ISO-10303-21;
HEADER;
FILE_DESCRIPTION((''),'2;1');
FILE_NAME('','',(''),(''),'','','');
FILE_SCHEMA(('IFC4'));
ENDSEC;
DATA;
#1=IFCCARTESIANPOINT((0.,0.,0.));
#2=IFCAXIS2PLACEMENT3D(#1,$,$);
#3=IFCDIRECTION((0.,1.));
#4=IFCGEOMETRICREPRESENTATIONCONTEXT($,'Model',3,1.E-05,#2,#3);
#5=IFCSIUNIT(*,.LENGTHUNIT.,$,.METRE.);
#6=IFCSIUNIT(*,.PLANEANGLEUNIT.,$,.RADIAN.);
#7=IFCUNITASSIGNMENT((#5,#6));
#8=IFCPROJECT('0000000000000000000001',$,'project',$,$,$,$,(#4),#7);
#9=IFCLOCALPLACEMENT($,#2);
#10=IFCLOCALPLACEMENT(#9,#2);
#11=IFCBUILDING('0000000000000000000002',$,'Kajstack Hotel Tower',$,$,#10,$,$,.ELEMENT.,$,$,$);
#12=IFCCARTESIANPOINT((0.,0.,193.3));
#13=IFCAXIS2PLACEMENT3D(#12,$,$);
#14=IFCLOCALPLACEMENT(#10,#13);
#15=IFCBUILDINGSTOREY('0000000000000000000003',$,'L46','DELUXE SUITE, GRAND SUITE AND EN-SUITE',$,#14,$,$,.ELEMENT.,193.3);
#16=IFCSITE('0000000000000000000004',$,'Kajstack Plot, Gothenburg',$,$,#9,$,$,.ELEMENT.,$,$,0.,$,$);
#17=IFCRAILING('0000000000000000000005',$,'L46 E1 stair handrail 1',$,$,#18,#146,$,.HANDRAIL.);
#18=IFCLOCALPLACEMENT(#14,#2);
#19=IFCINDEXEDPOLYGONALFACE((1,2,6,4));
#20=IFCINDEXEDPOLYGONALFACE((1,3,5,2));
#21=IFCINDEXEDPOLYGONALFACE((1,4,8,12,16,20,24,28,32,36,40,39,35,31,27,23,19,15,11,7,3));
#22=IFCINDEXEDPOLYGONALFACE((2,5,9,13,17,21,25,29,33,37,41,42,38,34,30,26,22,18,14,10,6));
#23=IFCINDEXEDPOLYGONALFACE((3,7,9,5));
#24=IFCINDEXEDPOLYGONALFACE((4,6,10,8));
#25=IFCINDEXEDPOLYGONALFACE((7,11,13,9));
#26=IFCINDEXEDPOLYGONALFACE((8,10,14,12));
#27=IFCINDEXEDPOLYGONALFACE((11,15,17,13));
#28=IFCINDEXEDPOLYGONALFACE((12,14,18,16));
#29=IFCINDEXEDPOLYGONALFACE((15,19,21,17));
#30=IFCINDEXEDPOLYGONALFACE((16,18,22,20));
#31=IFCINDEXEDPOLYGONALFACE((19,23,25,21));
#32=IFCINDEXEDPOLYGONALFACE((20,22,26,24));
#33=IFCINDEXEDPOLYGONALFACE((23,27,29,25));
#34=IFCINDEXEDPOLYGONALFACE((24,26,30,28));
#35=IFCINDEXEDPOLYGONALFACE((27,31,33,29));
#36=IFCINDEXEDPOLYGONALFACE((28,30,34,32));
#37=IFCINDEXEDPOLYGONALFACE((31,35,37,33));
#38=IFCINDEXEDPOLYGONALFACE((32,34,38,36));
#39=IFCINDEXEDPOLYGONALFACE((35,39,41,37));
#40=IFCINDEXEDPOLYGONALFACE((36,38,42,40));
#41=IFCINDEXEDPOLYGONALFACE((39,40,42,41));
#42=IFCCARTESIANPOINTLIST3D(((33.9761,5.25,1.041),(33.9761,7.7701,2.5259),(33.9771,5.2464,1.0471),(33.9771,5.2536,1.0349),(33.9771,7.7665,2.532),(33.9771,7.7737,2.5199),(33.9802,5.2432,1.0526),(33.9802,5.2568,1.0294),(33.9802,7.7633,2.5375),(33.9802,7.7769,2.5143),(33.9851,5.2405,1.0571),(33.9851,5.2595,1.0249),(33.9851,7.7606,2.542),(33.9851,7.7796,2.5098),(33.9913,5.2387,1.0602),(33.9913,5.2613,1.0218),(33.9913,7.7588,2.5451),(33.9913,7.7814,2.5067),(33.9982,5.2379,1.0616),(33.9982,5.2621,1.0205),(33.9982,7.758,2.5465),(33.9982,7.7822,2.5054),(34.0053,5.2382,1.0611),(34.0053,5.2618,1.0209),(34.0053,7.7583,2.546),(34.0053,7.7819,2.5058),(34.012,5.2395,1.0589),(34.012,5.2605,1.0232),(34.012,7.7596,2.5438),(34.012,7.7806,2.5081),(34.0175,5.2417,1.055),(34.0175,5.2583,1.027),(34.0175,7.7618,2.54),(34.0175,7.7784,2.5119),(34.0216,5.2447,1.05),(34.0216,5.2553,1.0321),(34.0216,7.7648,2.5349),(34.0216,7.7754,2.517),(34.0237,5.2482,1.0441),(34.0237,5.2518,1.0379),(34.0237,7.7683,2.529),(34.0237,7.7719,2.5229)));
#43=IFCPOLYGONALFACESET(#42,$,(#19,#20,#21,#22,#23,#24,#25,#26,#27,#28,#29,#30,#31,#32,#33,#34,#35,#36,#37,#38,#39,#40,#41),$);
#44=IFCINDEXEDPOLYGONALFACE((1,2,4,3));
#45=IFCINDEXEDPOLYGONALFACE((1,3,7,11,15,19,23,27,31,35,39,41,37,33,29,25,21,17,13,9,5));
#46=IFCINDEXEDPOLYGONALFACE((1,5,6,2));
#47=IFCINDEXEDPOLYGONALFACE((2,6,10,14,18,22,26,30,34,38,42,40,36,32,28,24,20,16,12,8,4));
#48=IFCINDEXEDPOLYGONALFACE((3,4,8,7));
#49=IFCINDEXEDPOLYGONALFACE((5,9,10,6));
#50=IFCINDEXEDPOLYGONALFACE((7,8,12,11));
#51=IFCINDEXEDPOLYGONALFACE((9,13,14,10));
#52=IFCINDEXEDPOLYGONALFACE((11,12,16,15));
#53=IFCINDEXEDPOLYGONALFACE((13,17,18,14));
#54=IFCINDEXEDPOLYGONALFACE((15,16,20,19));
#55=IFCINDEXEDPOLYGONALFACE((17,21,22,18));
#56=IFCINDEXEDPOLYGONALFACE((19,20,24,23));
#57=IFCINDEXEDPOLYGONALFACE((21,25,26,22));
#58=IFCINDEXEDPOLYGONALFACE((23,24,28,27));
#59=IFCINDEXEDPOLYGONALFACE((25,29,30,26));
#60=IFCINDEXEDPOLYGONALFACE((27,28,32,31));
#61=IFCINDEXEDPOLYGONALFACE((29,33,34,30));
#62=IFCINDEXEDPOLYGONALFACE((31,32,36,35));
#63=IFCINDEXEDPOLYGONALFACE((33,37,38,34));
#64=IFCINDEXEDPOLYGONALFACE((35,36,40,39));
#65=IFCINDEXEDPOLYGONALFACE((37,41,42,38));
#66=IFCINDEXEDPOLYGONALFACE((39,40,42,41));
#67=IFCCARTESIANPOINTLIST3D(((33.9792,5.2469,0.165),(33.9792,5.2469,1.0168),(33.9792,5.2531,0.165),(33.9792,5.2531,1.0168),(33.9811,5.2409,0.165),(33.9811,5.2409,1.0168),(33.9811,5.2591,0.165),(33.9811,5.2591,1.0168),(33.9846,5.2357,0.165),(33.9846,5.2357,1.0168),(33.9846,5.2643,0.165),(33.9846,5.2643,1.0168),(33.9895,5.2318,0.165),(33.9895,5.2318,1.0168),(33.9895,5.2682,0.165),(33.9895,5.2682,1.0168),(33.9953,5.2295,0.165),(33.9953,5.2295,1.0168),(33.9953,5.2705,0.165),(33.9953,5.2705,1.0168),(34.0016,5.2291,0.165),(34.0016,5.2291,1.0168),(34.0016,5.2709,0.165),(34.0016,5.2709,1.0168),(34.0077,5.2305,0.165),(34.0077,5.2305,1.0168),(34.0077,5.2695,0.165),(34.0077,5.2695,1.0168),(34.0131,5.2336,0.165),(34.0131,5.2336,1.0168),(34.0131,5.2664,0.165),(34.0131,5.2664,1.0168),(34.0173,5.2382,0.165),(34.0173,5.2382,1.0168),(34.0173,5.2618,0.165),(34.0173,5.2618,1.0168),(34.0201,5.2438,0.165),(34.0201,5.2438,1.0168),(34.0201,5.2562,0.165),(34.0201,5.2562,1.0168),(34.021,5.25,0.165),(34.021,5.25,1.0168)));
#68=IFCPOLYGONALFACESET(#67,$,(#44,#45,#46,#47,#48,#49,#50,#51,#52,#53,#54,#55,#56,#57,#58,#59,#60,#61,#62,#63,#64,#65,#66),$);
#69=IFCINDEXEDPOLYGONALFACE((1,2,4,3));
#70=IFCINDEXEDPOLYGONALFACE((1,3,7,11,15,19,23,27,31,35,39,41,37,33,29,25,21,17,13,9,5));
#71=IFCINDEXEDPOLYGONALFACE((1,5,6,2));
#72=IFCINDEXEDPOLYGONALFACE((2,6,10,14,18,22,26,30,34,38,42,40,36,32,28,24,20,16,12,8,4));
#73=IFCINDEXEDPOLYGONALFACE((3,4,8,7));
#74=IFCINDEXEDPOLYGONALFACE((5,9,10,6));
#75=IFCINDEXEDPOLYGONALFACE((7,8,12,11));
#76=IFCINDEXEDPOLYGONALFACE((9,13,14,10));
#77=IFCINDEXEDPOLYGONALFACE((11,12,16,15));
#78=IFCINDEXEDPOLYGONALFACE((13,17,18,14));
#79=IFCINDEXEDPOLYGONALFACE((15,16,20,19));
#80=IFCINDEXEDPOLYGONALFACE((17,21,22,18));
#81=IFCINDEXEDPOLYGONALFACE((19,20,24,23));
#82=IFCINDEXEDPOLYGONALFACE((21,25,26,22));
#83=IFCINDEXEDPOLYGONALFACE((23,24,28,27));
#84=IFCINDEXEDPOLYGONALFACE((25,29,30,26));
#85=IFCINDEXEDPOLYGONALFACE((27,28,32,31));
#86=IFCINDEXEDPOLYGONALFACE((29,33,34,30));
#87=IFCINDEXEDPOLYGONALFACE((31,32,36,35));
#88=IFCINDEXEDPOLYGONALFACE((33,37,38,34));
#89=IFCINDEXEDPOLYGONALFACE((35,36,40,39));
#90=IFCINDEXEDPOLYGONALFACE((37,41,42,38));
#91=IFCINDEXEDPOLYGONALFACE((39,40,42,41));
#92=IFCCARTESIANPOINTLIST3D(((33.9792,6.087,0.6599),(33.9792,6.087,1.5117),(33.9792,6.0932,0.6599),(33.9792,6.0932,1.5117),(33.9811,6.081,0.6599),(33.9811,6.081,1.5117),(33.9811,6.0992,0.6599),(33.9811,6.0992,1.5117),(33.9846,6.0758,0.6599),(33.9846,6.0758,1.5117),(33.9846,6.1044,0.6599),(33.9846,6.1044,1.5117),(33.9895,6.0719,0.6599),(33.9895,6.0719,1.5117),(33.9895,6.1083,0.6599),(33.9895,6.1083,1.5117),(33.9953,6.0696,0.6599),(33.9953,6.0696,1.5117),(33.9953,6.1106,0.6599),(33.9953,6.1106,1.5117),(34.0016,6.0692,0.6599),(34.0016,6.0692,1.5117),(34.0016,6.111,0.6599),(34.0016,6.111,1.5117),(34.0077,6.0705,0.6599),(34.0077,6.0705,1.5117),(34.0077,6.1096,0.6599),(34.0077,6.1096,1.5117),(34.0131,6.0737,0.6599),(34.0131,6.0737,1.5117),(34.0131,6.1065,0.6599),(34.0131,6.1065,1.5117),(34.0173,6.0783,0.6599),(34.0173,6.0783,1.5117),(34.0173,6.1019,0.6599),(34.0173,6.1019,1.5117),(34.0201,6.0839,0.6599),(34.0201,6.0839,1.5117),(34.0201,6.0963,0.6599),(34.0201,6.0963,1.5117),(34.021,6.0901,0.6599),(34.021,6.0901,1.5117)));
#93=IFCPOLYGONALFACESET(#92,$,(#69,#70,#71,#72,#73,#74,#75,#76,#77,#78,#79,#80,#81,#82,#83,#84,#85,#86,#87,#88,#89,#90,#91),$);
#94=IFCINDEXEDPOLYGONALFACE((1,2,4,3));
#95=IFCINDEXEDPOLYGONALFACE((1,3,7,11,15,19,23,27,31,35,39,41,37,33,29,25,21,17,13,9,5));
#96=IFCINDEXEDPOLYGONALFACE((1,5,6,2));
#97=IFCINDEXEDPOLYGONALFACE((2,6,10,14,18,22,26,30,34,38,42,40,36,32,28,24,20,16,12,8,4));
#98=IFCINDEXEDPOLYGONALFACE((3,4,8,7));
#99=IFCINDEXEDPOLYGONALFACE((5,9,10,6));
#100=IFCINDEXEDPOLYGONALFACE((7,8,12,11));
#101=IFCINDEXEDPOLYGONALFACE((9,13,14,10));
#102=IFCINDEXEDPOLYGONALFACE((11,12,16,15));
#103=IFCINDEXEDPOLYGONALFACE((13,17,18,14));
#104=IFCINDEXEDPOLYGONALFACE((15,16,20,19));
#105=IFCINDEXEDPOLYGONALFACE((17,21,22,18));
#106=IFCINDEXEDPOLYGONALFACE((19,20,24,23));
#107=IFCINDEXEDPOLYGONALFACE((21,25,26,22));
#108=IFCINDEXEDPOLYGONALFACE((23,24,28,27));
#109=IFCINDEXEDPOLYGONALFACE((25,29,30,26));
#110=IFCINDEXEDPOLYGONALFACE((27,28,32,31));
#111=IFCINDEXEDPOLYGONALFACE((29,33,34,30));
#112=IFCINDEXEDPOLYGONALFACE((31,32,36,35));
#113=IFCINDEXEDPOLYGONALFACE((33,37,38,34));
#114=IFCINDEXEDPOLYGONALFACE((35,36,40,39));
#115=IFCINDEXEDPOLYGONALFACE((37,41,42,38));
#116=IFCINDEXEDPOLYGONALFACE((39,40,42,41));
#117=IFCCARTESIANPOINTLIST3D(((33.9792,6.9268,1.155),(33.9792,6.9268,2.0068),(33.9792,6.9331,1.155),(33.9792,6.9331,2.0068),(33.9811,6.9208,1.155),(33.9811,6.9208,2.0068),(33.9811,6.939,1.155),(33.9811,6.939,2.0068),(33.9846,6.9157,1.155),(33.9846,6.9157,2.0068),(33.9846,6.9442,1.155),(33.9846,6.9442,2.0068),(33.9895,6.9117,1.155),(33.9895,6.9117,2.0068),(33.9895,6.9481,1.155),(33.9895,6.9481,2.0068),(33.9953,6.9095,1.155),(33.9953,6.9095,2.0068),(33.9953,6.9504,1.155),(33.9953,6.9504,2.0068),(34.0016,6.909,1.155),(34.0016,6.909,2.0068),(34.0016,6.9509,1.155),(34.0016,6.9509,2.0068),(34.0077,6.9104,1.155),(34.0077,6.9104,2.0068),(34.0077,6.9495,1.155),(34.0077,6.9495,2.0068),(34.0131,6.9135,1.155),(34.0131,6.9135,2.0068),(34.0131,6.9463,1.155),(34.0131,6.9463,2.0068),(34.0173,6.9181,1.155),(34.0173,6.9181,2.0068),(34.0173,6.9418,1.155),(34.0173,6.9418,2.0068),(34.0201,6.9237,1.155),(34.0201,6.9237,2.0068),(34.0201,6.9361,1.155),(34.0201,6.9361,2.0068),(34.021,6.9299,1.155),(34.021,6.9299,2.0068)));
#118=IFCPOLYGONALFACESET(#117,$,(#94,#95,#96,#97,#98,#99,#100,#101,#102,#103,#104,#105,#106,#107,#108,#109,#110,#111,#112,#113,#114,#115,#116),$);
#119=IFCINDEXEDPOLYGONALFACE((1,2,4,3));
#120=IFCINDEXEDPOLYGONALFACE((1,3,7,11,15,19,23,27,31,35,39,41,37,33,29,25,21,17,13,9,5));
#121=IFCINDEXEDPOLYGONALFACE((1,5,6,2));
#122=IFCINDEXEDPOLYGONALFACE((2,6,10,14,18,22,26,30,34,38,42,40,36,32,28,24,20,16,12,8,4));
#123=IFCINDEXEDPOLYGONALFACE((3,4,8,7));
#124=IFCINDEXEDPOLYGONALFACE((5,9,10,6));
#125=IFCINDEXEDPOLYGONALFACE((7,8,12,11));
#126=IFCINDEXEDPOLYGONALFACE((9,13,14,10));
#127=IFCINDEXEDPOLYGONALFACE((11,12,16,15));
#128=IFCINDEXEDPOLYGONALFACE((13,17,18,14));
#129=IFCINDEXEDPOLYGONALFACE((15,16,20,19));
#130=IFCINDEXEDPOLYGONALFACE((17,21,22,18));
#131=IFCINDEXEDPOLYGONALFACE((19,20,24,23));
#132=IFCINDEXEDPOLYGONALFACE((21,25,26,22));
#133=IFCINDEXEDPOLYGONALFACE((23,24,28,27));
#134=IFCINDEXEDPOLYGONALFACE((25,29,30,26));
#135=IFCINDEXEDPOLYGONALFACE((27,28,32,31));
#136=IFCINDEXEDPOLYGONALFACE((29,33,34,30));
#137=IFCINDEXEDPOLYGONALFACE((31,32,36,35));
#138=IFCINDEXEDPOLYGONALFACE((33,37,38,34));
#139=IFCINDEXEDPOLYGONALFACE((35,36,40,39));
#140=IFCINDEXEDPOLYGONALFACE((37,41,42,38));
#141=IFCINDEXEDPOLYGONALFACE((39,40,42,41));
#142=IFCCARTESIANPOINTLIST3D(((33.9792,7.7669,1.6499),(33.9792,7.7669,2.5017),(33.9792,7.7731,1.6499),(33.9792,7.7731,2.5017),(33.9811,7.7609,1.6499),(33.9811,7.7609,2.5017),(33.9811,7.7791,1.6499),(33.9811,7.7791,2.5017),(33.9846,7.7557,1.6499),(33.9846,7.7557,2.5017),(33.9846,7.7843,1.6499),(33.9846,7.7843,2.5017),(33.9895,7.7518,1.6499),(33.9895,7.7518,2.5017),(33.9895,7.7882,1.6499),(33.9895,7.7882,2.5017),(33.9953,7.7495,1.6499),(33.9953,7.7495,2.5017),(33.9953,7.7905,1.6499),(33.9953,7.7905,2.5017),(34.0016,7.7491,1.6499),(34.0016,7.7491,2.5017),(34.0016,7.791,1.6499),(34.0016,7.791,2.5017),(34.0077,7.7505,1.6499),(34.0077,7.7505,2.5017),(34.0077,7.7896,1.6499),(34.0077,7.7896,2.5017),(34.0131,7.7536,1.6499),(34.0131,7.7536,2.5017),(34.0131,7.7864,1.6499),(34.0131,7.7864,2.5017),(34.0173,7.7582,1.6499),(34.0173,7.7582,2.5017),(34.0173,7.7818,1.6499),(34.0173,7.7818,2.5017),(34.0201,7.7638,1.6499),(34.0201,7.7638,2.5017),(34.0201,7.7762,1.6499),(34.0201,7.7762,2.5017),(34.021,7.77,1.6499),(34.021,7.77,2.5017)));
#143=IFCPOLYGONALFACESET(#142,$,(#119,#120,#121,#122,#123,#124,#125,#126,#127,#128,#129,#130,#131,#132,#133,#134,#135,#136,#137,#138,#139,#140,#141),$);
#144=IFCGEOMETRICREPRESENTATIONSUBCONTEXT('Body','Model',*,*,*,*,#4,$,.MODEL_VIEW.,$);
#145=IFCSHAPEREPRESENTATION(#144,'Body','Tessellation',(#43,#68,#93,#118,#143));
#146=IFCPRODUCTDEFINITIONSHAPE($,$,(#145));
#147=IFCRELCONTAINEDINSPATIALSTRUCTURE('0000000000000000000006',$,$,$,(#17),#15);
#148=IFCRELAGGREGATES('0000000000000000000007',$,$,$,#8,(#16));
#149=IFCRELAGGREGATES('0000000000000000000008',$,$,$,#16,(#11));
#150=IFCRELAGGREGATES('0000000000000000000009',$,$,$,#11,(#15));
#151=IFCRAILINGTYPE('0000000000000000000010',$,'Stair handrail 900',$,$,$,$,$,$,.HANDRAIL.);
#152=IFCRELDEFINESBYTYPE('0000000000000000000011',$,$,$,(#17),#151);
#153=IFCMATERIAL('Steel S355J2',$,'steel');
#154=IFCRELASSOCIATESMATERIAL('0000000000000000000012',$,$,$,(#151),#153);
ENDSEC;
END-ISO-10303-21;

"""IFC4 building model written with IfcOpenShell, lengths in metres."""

from ifc_helpers import new_model, si_unit, direction, frame, origin, origin_2d, place, context, subcontext, project, spatial, circle, extrude, material, type_object, element, save


model = new_model("IFC4")

# Units and contexts
model_context = context("Model", 3, precision=1e-05, world=origin(), true_north=direction((0.0, 1.0)))
body_context = subcontext(model_context, "Body", "Model", "MODEL_VIEW")
ifc_project = project(units=[si_unit("LENGTHUNIT", "METRE"), si_unit("PLANEANGLEUNIT", "RADIAN")], contexts=[model_context])

# Site, building, storey
site_placement = place(None, origin())
site = spatial("IfcSite", under=ifc_project, at=site_placement, Name="Kajstack Plot, Gothenburg", CompositionType="ELEMENT", RefElevation=0.0)
building_placement = place(site_placement, origin())
building = spatial("IfcBuilding", under=site, at=building_placement, Name="Kajstack Hotel Tower", CompositionType="ELEMENT")
storey_placement = place(building_placement, frame((0.0, 0.0, 193.3)))
storey = spatial("IfcBuildingStorey", under=building, at=storey_placement, Name="L46", Description="DELUXE SUITE, GRAND SUITE AND EN-SUITE", CompositionType="ELEMENT", Elevation=193.3)

# Railing
ifc_material_1 = material(Name="Steel S355J2", Category="steel")
railing_type_1 = type_object("IfcRailingType", Name="Stair handrail 900", PredefinedType="HANDRAIL", material=ifc_material_1)
railing_1_placement = place(storey_placement, frame((34.0, 5.25, 0.165)))
element("IfcRailing", 1, at=railing_1_placement, inside=storey, type_object=railing_type_1, Name="L46 E1 stair handrail 1", PredefinedType="HANDRAIL", context=body_context, shape_type="SweptSolid", body=[
    extrude(circle(Radius=0.0239, at=origin_2d()), frame((0.0, 0.0, 0.876), z_axis=(0.0, 0.861561, 0.507655), x_axis=(-1.0, 0.0, 0.0)), (0.0, 0.0, 1.0), 2.925),
    extrude(circle(Radius=0.021, at=origin_2d()), origin(), (0.0, 0.0, 1.0), 0.8518),
    extrude(circle(Radius=0.021, at=origin_2d()), frame((0.0, 0.8401, 0.4949)), (0.0, 0.0, 1.0), 0.8518),
    extrude(circle(Radius=0.021, at=origin_2d()), frame((0.0, 1.6799, 0.99)), (0.0, 0.0, 1.0), 0.8518),
    extrude(circle(Radius=0.021, at=origin_2d()), frame((0.0, 2.52, 1.4849)), (0.0, 0.0, 1.0), 0.8518),
])

save(model, "model.ifc")
